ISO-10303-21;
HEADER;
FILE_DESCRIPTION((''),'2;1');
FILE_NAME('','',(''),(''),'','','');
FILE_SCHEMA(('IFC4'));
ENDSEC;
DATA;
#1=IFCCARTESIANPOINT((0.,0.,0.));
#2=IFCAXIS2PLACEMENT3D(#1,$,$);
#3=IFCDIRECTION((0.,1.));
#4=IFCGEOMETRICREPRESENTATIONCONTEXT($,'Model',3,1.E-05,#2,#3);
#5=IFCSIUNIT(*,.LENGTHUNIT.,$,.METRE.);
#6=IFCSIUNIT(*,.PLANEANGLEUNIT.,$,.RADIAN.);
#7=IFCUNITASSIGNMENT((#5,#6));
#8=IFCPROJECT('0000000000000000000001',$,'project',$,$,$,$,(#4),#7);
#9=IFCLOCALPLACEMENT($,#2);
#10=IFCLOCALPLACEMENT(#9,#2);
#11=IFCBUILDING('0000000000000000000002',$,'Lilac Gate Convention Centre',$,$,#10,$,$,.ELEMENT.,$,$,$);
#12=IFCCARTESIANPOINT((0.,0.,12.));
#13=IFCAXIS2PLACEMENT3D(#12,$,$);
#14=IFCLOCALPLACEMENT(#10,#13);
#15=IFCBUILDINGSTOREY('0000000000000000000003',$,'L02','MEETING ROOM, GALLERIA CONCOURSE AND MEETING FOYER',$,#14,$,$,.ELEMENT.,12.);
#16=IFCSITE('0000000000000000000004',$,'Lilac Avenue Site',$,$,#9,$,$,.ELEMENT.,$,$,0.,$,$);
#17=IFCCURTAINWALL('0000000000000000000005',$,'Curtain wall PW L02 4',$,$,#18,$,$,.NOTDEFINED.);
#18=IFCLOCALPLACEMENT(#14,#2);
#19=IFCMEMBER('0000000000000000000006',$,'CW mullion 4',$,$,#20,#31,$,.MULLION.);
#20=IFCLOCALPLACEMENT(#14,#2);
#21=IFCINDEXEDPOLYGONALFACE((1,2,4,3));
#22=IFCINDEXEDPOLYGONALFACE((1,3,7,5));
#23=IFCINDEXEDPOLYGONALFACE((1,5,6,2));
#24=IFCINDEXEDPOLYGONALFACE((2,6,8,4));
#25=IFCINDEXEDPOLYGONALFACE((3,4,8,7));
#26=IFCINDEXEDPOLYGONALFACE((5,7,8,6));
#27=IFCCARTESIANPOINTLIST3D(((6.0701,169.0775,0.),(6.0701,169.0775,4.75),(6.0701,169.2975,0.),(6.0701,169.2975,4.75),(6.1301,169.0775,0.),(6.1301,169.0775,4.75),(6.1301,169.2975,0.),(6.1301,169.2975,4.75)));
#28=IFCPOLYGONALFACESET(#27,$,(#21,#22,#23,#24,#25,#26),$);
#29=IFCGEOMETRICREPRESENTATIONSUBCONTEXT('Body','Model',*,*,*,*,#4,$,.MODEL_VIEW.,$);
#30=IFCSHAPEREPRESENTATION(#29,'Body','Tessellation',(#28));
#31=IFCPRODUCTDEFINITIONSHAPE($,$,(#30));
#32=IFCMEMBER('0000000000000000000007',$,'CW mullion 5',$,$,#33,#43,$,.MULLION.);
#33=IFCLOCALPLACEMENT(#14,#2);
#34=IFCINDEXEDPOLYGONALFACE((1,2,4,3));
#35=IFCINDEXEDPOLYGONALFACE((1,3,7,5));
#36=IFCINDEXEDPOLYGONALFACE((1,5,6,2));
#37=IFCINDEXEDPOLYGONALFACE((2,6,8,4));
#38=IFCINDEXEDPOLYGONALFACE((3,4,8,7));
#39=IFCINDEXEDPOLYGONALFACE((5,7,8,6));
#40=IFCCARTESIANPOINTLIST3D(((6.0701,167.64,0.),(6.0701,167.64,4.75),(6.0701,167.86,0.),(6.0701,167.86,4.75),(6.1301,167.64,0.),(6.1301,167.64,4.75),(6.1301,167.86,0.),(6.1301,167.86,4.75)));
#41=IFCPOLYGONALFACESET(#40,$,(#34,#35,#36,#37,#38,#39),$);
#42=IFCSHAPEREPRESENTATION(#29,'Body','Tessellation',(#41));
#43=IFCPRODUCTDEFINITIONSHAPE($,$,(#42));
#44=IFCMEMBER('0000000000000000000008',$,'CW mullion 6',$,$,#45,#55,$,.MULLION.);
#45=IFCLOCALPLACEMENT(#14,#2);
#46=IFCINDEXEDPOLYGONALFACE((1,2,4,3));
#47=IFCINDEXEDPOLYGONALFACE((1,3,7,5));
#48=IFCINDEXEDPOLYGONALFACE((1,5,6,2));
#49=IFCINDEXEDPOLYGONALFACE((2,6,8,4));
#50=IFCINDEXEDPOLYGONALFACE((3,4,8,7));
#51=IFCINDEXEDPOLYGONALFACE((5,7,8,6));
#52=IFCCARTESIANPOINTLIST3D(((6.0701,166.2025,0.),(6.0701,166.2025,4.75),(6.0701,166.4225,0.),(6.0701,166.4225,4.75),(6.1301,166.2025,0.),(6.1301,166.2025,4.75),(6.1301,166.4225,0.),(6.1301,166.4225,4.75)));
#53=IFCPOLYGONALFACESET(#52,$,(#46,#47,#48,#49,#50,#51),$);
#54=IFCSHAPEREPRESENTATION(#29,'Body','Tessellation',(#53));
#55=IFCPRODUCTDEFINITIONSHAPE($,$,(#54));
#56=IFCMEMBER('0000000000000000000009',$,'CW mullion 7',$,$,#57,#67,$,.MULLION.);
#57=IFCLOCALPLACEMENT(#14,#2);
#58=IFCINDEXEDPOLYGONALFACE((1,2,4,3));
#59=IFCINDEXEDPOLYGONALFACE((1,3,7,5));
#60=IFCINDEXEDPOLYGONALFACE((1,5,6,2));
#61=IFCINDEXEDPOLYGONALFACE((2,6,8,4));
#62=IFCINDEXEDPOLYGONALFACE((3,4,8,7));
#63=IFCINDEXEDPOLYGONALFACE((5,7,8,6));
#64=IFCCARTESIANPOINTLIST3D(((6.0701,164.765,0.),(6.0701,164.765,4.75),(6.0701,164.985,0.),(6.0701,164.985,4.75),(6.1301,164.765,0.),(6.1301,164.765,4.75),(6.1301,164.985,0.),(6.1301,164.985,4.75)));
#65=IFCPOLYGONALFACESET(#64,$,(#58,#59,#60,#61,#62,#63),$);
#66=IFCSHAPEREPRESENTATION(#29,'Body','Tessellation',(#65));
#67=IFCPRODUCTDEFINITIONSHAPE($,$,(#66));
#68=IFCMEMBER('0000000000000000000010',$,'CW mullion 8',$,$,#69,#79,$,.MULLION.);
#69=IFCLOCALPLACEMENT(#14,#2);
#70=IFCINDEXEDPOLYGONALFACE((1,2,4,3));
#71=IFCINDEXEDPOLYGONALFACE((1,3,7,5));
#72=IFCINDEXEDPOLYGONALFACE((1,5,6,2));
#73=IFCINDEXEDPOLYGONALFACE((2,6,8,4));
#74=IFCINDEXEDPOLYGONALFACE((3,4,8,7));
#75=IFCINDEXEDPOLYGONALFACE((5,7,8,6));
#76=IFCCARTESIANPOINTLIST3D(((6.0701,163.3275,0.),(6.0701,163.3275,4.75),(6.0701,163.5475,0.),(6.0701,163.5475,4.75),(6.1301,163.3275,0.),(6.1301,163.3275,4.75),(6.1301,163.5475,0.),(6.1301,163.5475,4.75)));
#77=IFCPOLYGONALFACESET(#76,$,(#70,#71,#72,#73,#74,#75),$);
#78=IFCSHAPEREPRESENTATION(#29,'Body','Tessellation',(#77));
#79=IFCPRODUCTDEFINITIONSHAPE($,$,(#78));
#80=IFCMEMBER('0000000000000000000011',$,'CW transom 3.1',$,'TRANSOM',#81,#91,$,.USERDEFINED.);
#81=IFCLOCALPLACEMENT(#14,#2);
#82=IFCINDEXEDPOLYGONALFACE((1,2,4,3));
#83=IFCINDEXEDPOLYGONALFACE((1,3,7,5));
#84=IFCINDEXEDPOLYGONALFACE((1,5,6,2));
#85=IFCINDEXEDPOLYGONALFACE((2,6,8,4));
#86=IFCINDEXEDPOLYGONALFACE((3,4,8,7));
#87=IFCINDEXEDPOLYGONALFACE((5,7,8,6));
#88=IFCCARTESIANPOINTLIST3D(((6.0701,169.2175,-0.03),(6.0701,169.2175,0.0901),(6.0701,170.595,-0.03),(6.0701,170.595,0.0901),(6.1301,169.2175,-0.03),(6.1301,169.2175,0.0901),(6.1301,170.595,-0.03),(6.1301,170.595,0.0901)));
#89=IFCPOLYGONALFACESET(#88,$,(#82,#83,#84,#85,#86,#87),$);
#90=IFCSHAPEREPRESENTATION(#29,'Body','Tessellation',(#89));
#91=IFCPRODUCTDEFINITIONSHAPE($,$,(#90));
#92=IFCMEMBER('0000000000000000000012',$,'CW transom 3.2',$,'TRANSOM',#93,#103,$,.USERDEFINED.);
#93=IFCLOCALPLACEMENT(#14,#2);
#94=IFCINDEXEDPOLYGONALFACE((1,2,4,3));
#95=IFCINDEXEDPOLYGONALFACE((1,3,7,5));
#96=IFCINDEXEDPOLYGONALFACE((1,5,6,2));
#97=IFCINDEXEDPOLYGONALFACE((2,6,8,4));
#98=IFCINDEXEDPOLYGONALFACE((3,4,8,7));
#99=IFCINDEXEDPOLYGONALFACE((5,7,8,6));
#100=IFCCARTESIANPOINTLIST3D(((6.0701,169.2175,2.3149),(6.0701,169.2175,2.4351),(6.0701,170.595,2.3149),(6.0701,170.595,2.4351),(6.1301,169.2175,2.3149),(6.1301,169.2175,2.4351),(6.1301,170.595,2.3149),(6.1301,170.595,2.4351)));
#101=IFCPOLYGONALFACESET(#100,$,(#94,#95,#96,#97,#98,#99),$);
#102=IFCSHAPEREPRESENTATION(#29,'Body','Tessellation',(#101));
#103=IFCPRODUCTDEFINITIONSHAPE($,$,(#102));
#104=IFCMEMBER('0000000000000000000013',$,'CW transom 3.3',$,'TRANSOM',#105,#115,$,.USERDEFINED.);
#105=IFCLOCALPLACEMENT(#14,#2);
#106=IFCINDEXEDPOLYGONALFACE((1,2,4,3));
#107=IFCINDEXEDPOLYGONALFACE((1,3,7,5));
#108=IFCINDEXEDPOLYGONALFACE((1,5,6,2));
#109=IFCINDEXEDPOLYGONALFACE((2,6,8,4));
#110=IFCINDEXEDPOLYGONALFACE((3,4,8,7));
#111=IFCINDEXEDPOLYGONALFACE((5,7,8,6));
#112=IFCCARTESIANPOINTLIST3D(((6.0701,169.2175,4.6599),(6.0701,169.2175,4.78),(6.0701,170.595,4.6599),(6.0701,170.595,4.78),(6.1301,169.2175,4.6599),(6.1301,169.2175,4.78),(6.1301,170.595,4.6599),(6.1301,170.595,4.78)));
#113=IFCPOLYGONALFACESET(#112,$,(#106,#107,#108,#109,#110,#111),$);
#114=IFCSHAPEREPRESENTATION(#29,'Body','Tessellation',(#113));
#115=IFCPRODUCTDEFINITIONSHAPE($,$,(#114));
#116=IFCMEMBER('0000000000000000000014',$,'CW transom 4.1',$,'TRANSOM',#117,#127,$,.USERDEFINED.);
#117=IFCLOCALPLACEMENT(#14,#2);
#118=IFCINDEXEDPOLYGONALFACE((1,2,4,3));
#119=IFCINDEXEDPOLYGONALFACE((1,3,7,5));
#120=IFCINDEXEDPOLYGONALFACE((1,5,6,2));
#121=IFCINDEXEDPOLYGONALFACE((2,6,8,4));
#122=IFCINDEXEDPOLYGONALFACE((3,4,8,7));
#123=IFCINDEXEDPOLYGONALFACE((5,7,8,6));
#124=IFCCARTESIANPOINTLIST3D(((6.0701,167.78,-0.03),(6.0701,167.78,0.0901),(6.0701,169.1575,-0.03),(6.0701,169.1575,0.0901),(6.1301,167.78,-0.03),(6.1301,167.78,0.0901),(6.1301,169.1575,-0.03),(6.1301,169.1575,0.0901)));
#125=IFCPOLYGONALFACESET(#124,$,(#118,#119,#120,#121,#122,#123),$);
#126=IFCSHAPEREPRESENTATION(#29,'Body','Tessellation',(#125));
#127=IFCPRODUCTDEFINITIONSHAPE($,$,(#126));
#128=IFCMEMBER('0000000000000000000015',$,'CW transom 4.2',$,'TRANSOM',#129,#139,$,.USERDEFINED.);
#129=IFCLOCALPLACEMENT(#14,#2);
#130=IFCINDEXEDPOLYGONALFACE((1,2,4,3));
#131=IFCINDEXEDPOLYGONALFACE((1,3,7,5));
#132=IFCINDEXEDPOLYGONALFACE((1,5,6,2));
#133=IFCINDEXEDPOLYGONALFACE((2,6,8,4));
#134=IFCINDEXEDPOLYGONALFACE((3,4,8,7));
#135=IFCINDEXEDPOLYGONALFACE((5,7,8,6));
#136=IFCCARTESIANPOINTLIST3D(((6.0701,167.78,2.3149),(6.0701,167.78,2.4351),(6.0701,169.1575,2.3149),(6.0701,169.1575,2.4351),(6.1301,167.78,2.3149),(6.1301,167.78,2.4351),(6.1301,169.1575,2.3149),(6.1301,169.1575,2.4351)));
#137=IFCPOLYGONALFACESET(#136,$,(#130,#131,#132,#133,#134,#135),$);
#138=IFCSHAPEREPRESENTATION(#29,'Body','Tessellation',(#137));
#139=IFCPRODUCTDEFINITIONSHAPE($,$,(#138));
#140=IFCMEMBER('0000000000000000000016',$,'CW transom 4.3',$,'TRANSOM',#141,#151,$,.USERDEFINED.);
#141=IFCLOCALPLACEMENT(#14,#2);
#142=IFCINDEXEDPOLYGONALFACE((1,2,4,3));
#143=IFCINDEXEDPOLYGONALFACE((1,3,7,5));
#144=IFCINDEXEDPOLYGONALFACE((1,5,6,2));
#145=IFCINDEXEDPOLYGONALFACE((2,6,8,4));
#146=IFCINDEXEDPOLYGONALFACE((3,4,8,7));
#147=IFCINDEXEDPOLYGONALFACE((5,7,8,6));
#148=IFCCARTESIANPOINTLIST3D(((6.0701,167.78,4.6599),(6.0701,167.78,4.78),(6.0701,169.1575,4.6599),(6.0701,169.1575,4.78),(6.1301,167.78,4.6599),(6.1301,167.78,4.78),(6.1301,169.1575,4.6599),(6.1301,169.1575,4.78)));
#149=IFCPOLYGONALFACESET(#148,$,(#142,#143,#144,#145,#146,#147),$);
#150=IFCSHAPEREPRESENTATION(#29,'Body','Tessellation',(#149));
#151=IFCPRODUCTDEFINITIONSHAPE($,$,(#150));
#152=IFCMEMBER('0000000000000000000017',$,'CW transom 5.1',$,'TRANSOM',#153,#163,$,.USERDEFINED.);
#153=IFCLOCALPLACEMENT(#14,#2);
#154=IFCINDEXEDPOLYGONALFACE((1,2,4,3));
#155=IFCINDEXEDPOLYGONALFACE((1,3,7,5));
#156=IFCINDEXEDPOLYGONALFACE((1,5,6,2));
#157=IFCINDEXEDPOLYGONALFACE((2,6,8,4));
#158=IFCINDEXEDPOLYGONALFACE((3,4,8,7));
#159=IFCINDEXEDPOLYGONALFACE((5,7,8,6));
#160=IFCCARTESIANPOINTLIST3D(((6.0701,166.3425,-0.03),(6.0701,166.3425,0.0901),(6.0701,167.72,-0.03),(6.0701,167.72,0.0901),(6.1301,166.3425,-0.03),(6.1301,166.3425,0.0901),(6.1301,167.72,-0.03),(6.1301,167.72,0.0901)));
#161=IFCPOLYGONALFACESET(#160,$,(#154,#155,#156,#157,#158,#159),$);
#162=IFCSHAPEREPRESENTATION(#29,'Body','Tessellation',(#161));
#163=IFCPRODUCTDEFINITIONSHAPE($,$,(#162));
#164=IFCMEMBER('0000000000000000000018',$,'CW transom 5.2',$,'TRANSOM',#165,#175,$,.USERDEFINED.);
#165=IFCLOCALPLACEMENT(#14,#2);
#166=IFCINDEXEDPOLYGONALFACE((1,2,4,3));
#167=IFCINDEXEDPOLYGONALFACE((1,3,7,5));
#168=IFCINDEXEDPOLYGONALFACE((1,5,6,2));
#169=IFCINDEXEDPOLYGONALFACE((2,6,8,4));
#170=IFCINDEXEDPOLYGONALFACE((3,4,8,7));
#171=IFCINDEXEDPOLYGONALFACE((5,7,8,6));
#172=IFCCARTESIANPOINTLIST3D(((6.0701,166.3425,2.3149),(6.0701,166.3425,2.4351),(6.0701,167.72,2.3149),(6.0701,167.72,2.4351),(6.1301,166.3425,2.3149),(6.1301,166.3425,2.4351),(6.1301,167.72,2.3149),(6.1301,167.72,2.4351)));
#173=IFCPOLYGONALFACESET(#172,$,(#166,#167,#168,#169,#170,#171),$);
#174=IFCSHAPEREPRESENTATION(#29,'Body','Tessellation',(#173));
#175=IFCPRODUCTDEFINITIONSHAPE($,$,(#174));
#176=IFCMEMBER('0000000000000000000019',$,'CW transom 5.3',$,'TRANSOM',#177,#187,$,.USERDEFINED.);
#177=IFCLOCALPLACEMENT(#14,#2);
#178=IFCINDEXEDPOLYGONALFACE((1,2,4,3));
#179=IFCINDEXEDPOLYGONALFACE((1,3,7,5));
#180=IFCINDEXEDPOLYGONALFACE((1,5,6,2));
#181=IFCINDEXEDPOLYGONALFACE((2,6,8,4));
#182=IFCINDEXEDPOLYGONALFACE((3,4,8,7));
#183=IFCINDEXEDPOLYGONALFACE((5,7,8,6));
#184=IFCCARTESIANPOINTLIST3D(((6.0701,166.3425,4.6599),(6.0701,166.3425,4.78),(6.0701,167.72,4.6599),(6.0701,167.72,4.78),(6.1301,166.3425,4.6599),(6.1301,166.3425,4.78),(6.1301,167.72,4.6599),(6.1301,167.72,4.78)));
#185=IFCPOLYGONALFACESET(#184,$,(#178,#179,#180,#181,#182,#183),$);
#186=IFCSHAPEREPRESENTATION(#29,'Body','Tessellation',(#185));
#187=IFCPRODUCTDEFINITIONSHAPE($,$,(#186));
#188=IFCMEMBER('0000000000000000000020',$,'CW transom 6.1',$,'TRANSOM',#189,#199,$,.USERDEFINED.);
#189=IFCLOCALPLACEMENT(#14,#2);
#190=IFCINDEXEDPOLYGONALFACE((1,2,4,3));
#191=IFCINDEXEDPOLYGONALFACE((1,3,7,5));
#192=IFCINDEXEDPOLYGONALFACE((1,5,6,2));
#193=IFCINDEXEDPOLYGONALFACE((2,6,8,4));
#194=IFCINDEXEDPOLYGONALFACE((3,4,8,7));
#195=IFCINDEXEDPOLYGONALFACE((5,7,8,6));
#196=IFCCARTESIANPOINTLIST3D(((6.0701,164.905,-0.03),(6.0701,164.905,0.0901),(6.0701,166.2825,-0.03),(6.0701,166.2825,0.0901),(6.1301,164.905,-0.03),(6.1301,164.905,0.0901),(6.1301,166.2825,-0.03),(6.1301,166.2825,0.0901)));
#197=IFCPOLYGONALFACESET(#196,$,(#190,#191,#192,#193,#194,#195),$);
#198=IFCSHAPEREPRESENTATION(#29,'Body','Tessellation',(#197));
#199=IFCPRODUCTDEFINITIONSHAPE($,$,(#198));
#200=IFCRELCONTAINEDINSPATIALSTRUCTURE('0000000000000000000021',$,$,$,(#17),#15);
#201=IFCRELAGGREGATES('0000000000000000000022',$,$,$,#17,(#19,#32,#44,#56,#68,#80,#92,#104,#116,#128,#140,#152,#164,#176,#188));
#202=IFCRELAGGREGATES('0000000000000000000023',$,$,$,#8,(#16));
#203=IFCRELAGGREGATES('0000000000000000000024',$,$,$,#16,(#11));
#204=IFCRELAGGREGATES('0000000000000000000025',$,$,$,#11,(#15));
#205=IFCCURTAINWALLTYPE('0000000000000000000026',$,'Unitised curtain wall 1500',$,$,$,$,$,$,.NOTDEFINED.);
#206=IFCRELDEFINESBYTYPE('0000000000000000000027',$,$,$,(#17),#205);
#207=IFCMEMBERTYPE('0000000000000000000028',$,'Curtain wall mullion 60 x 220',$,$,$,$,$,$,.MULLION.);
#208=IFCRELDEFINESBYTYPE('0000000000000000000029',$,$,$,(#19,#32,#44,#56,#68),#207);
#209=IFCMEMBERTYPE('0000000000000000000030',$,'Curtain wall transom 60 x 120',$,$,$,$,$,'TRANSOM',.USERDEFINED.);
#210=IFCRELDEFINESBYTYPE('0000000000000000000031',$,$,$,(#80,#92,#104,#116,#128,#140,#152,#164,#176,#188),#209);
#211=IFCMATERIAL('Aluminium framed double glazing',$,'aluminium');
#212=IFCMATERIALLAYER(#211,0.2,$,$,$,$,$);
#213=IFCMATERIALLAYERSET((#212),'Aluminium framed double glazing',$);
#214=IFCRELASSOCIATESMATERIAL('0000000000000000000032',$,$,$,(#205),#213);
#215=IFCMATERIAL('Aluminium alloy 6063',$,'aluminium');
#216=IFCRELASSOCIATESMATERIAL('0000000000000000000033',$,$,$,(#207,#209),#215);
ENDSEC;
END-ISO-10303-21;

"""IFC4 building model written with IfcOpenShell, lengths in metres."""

from ifc_helpers import new_model, si_unit, direction, frame, origin, origin_2d, place, context, subcontext, project, spatial, rectangle, extrude, material, layer, layer_set, material_profile, profile_set, type_object, element, aggregate, save


model = new_model("IFC4")

# Units and contexts
model_context = context("Model", 3, precision=1e-05, world=origin(), true_north=direction((0.0, 1.0)))
body_context = subcontext(model_context, "Body", "Model", "MODEL_VIEW")
ifc_project = project(units=[si_unit("LENGTHUNIT", "METRE"), si_unit("PLANEANGLEUNIT", "RADIAN")], contexts=[model_context])

# Site, building, storey
site_placement = place(None, origin())
site = spatial("IfcSite", under=ifc_project, at=site_placement, Name="Lilac Avenue Site", CompositionType="ELEMENT", RefElevation=0.0)
building_placement = place(site_placement, origin())
building = spatial("IfcBuilding", under=site, at=building_placement, Name="Lilac Gate Convention Centre", CompositionType="ELEMENT")
storey_placement = place(building_placement, frame((0.0, 0.0, 12.0)))
storey = spatial("IfcBuildingStorey", under=building, at=storey_placement, Name="L02", Description="MEETING ROOM, GALLERIA CONCOURSE AND MEETING FOYER", CompositionType="ELEMENT", Elevation=12.0)

# Curtain wall, members
ifc_material_1 = material(Name="Aluminium framed double glazing", Category="aluminium")
ifc_layer_1 = layer(ifc_material_1, 0.2)
ifc_layer_set_1 = layer_set([ifc_layer_1], Name="Aluminium framed double glazing")
curtain_wall_type = type_object("IfcCurtainWallType", Name="Unitised curtain wall 1500", PredefinedType="NOTDEFINED", material=ifc_layer_set_1)
curtain_wall_placement = place(storey_placement, origin())
curtain_wall = element("IfcCurtainWall", 1, at=curtain_wall_placement, inside=storey, type_object=curtain_wall_type, Name="Curtain wall PW L02 4", PredefinedType="NOTDEFINED")
ifc_material_2 = material(Name="Aluminium alloy 6063", Category="aluminium")
ifc_material_profile_1 = material_profile(ifc_material_2, rectangle(XDim=0.0601, YDim=0.22, at=origin_2d()), Name="Curtain wall mullion 60 x 220")
ifc_profile_set_1 = profile_set([ifc_material_profile_1], Name="Aluminium alloy 6063")
member_type_1 = type_object("IfcMemberType", Name="Curtain wall mullion 60 x 220", PredefinedType="MULLION", material=ifc_profile_set_1)
member_1_placement = place(storey_placement, frame((6.1001, 169.1875, 0.0), z_axis=(0.0, 0.0, 1.0), x_axis=(1.0, 0.0, 0.0)))
member_1 = element("IfcMember", 2, at=member_1_placement, type_object=member_type_1, Name="CW mullion 4", PredefinedType="MULLION", context=body_context, shape_type="SweptSolid", body=[
    extrude(rectangle(XDim=0.0601, YDim=0.22, at=origin_2d()), origin(), (0.0, 0.0, 1.0), 4.75),
])
member_2_placement = place(storey_placement, frame((6.1001, 167.75, 0.0), z_axis=(0.0, 0.0, 1.0), x_axis=(1.0, 0.0, 0.0)))
member_2 = element("IfcMember", 3, at=member_2_placement, type_object=member_type_1, Name="CW mullion 5", PredefinedType="MULLION", context=body_context, shape_type="SweptSolid", body=[
    extrude(rectangle(XDim=0.0601, YDim=0.22, at=origin_2d()), origin(), (0.0, 0.0, 1.0), 4.75),
])
member_3_placement = place(storey_placement, frame((6.1001, 166.3125, 0.0), z_axis=(0.0, 0.0, 1.0), x_axis=(1.0, 0.0, 0.0)))
member_3 = element("IfcMember", 4, at=member_3_placement, type_object=member_type_1, Name="CW mullion 6", PredefinedType="MULLION", context=body_context, shape_type="SweptSolid", body=[
    extrude(rectangle(XDim=0.0601, YDim=0.22, at=origin_2d()), origin(), (0.0, 0.0, 1.0), 4.75),
])
member_4_placement = place(storey_placement, frame((6.1001, 164.875, 0.0), z_axis=(0.0, 0.0, 1.0), x_axis=(1.0, 0.0, 0.0)))
member_4 = element("IfcMember", 5, at=member_4_placement, type_object=member_type_1, Name="CW mullion 7", PredefinedType="MULLION", context=body_context, shape_type="SweptSolid", body=[
    extrude(rectangle(XDim=0.0601, YDim=0.22, at=origin_2d()), origin(), (0.0, 0.0, 1.0), 4.75),
])
member_5_placement = place(storey_placement, frame((6.1001, 163.4375, 0.0), z_axis=(0.0, 0.0, 1.0), x_axis=(1.0, 0.0, 0.0)))
member_5 = element("IfcMember", 6, at=member_5_placement, type_object=member_type_1, Name="CW mullion 8", PredefinedType="MULLION", context=body_context, shape_type="SweptSolid", body=[
    extrude(rectangle(XDim=0.0601, YDim=0.22, at=origin_2d()), origin(), (0.0, 0.0, 1.0), 4.75),
])
ifc_material_profile_2 = material_profile(ifc_material_2, rectangle(XDim=0.0601, YDim=0.1201, at=origin_2d()), Name="Curtain wall transom 60 x 120")
ifc_profile_set_2 = profile_set([ifc_material_profile_2], Name="Aluminium alloy 6063")
member_type_2 = type_object("IfcMemberType", Name="Curtain wall transom 60 x 120", ElementType="TRANSOM", PredefinedType="USERDEFINED", material=ifc_profile_set_2)
member_6_placement = place(storey_placement, frame((6.1001, 170.595, 0.03), z_axis=(0.0, -1.0, 0.0), x_axis=(1.0, 0.0, 0.0)))
member_6 = element("IfcMember", 7, at=member_6_placement, type_object=member_type_2, Name="CW transom 3.1", ObjectType="TRANSOM", PredefinedType="USERDEFINED", context=body_context, shape_type="SweptSolid", body=[
    extrude(rectangle(XDim=0.0601, YDim=0.1201, at=origin_2d()), origin(), (0.0, 0.0, 1.0), 1.3774),
])
member_7_placement = place(storey_placement, frame((6.1001, 170.595, 2.375), z_axis=(0.0, -1.0, 0.0), x_axis=(1.0, 0.0, 0.0)))
member_7 = element("IfcMember", 8, at=member_7_placement, type_object=member_type_2, Name="CW transom 3.2", ObjectType="TRANSOM", PredefinedType="USERDEFINED", context=body_context, shape_type="SweptSolid", body=[
    extrude(rectangle(XDim=0.0601, YDim=0.1201, at=origin_2d()), origin(), (0.0, 0.0, 1.0), 1.3774),
])
member_8_placement = place(storey_placement, frame((6.1001, 170.595, 4.72), z_axis=(0.0, -1.0, 0.0), x_axis=(1.0, 0.0, 0.0)))
member_8 = element("IfcMember", 9, at=member_8_placement, type_object=member_type_2, Name="CW transom 3.3", ObjectType="TRANSOM", PredefinedType="USERDEFINED", context=body_context, shape_type="SweptSolid", body=[
    extrude(rectangle(XDim=0.0601, YDim=0.1201, at=origin_2d()), origin(), (0.0, 0.0, 1.0), 1.3774),
])
member_9_placement = place(storey_placement, frame((6.1001, 169.1575, 0.03), z_axis=(0.0, -1.0, 0.0), x_axis=(1.0, 0.0, 0.0)))
member_9 = element("IfcMember", 10, at=member_9_placement, type_object=member_type_2, Name="CW transom 4.1", ObjectType="TRANSOM", PredefinedType="USERDEFINED", context=body_context, shape_type="SweptSolid", body=[
    extrude(rectangle(XDim=0.0601, YDim=0.1201, at=origin_2d()), origin(), (0.0, 0.0, 1.0), 1.3774),
])
member_10_placement = place(storey_placement, frame((6.1001, 169.1575, 2.375), z_axis=(0.0, -1.0, 0.0), x_axis=(1.0, 0.0, 0.0)))
member_10 = element("IfcMember", 11, at=member_10_placement, type_object=member_type_2, Name="CW transom 4.2", ObjectType="TRANSOM", PredefinedType="USERDEFINED", context=body_context, shape_type="SweptSolid", body=[
    extrude(rectangle(XDim=0.0601, YDim=0.1201, at=origin_2d()), origin(), (0.0, 0.0, 1.0), 1.3774),
])
member_11_placement = place(storey_placement, frame((6.1001, 169.1575, 4.72), z_axis=(0.0, -1.0, 0.0), x_axis=(1.0, 0.0, 0.0)))
member_11 = element("IfcMember", 12, at=member_11_placement, type_object=member_type_2, Name="CW transom 4.3", ObjectType="TRANSOM", PredefinedType="USERDEFINED", context=body_context, shape_type="SweptSolid", body=[
    extrude(rectangle(XDim=0.0601, YDim=0.1201, at=origin_2d()), origin(), (0.0, 0.0, 1.0), 1.3774),
])
member_12_placement = place(storey_placement, frame((6.1001, 167.72, 0.03), z_axis=(0.0, -1.0, 0.0), x_axis=(1.0, 0.0, 0.0)))
member_12 = element("IfcMember", 13, at=member_12_placement, type_object=member_type_2, Name="CW transom 5.1", ObjectType="TRANSOM", PredefinedType="USERDEFINED", context=body_context, shape_type="SweptSolid", body=[
    extrude(rectangle(XDim=0.0601, YDim=0.1201, at=origin_2d()), origin(), (0.0, 0.0, 1.0), 1.3774),
])
member_13_placement = place(storey_placement, frame((6.1001, 167.72, 2.375), z_axis=(0.0, -1.0, 0.0), x_axis=(1.0, 0.0, 0.0)))
member_13 = element("IfcMember", 14, at=member_13_placement, type_object=member_type_2, Name="CW transom 5.2", ObjectType="TRANSOM", PredefinedType="USERDEFINED", context=body_context, shape_type="SweptSolid", body=[
    extrude(rectangle(XDim=0.0601, YDim=0.1201, at=origin_2d()), origin(), (0.0, 0.0, 1.0), 1.3774),
])
member_14_placement = place(storey_placement, frame((6.1001, 167.72, 4.72), z_axis=(0.0, -1.0, 0.0), x_axis=(1.0, 0.0, 0.0)))
member_14 = element("IfcMember", 15, at=member_14_placement, type_object=member_type_2, Name="CW transom 5.3", ObjectType="TRANSOM", PredefinedType="USERDEFINED", context=body_context, shape_type="SweptSolid", body=[
    extrude(rectangle(XDim=0.0601, YDim=0.1201, at=origin_2d()), origin(), (0.0, 0.0, 1.0), 1.3774),
])
member_15_placement = place(storey_placement, frame((6.1001, 166.2825, 0.03), z_axis=(0.0, -1.0, 0.0), x_axis=(1.0, 0.0, 0.0)))
member_15 = element("IfcMember", 16, at=member_15_placement, type_object=member_type_2, Name="CW transom 6.1", ObjectType="TRANSOM", PredefinedType="USERDEFINED", context=body_context, shape_type="SweptSolid", body=[
    extrude(rectangle(XDim=0.0601, YDim=0.1201, at=origin_2d()), origin(), (0.0, 0.0, 1.0), 1.3774),
])

aggregate(curtain_wall, [member_1, member_2, member_3, member_4, member_5, member_6, member_7, member_8, member_9, member_10, member_11, member_12, member_13, member_14, member_15])

save(model, "model.ifc")
